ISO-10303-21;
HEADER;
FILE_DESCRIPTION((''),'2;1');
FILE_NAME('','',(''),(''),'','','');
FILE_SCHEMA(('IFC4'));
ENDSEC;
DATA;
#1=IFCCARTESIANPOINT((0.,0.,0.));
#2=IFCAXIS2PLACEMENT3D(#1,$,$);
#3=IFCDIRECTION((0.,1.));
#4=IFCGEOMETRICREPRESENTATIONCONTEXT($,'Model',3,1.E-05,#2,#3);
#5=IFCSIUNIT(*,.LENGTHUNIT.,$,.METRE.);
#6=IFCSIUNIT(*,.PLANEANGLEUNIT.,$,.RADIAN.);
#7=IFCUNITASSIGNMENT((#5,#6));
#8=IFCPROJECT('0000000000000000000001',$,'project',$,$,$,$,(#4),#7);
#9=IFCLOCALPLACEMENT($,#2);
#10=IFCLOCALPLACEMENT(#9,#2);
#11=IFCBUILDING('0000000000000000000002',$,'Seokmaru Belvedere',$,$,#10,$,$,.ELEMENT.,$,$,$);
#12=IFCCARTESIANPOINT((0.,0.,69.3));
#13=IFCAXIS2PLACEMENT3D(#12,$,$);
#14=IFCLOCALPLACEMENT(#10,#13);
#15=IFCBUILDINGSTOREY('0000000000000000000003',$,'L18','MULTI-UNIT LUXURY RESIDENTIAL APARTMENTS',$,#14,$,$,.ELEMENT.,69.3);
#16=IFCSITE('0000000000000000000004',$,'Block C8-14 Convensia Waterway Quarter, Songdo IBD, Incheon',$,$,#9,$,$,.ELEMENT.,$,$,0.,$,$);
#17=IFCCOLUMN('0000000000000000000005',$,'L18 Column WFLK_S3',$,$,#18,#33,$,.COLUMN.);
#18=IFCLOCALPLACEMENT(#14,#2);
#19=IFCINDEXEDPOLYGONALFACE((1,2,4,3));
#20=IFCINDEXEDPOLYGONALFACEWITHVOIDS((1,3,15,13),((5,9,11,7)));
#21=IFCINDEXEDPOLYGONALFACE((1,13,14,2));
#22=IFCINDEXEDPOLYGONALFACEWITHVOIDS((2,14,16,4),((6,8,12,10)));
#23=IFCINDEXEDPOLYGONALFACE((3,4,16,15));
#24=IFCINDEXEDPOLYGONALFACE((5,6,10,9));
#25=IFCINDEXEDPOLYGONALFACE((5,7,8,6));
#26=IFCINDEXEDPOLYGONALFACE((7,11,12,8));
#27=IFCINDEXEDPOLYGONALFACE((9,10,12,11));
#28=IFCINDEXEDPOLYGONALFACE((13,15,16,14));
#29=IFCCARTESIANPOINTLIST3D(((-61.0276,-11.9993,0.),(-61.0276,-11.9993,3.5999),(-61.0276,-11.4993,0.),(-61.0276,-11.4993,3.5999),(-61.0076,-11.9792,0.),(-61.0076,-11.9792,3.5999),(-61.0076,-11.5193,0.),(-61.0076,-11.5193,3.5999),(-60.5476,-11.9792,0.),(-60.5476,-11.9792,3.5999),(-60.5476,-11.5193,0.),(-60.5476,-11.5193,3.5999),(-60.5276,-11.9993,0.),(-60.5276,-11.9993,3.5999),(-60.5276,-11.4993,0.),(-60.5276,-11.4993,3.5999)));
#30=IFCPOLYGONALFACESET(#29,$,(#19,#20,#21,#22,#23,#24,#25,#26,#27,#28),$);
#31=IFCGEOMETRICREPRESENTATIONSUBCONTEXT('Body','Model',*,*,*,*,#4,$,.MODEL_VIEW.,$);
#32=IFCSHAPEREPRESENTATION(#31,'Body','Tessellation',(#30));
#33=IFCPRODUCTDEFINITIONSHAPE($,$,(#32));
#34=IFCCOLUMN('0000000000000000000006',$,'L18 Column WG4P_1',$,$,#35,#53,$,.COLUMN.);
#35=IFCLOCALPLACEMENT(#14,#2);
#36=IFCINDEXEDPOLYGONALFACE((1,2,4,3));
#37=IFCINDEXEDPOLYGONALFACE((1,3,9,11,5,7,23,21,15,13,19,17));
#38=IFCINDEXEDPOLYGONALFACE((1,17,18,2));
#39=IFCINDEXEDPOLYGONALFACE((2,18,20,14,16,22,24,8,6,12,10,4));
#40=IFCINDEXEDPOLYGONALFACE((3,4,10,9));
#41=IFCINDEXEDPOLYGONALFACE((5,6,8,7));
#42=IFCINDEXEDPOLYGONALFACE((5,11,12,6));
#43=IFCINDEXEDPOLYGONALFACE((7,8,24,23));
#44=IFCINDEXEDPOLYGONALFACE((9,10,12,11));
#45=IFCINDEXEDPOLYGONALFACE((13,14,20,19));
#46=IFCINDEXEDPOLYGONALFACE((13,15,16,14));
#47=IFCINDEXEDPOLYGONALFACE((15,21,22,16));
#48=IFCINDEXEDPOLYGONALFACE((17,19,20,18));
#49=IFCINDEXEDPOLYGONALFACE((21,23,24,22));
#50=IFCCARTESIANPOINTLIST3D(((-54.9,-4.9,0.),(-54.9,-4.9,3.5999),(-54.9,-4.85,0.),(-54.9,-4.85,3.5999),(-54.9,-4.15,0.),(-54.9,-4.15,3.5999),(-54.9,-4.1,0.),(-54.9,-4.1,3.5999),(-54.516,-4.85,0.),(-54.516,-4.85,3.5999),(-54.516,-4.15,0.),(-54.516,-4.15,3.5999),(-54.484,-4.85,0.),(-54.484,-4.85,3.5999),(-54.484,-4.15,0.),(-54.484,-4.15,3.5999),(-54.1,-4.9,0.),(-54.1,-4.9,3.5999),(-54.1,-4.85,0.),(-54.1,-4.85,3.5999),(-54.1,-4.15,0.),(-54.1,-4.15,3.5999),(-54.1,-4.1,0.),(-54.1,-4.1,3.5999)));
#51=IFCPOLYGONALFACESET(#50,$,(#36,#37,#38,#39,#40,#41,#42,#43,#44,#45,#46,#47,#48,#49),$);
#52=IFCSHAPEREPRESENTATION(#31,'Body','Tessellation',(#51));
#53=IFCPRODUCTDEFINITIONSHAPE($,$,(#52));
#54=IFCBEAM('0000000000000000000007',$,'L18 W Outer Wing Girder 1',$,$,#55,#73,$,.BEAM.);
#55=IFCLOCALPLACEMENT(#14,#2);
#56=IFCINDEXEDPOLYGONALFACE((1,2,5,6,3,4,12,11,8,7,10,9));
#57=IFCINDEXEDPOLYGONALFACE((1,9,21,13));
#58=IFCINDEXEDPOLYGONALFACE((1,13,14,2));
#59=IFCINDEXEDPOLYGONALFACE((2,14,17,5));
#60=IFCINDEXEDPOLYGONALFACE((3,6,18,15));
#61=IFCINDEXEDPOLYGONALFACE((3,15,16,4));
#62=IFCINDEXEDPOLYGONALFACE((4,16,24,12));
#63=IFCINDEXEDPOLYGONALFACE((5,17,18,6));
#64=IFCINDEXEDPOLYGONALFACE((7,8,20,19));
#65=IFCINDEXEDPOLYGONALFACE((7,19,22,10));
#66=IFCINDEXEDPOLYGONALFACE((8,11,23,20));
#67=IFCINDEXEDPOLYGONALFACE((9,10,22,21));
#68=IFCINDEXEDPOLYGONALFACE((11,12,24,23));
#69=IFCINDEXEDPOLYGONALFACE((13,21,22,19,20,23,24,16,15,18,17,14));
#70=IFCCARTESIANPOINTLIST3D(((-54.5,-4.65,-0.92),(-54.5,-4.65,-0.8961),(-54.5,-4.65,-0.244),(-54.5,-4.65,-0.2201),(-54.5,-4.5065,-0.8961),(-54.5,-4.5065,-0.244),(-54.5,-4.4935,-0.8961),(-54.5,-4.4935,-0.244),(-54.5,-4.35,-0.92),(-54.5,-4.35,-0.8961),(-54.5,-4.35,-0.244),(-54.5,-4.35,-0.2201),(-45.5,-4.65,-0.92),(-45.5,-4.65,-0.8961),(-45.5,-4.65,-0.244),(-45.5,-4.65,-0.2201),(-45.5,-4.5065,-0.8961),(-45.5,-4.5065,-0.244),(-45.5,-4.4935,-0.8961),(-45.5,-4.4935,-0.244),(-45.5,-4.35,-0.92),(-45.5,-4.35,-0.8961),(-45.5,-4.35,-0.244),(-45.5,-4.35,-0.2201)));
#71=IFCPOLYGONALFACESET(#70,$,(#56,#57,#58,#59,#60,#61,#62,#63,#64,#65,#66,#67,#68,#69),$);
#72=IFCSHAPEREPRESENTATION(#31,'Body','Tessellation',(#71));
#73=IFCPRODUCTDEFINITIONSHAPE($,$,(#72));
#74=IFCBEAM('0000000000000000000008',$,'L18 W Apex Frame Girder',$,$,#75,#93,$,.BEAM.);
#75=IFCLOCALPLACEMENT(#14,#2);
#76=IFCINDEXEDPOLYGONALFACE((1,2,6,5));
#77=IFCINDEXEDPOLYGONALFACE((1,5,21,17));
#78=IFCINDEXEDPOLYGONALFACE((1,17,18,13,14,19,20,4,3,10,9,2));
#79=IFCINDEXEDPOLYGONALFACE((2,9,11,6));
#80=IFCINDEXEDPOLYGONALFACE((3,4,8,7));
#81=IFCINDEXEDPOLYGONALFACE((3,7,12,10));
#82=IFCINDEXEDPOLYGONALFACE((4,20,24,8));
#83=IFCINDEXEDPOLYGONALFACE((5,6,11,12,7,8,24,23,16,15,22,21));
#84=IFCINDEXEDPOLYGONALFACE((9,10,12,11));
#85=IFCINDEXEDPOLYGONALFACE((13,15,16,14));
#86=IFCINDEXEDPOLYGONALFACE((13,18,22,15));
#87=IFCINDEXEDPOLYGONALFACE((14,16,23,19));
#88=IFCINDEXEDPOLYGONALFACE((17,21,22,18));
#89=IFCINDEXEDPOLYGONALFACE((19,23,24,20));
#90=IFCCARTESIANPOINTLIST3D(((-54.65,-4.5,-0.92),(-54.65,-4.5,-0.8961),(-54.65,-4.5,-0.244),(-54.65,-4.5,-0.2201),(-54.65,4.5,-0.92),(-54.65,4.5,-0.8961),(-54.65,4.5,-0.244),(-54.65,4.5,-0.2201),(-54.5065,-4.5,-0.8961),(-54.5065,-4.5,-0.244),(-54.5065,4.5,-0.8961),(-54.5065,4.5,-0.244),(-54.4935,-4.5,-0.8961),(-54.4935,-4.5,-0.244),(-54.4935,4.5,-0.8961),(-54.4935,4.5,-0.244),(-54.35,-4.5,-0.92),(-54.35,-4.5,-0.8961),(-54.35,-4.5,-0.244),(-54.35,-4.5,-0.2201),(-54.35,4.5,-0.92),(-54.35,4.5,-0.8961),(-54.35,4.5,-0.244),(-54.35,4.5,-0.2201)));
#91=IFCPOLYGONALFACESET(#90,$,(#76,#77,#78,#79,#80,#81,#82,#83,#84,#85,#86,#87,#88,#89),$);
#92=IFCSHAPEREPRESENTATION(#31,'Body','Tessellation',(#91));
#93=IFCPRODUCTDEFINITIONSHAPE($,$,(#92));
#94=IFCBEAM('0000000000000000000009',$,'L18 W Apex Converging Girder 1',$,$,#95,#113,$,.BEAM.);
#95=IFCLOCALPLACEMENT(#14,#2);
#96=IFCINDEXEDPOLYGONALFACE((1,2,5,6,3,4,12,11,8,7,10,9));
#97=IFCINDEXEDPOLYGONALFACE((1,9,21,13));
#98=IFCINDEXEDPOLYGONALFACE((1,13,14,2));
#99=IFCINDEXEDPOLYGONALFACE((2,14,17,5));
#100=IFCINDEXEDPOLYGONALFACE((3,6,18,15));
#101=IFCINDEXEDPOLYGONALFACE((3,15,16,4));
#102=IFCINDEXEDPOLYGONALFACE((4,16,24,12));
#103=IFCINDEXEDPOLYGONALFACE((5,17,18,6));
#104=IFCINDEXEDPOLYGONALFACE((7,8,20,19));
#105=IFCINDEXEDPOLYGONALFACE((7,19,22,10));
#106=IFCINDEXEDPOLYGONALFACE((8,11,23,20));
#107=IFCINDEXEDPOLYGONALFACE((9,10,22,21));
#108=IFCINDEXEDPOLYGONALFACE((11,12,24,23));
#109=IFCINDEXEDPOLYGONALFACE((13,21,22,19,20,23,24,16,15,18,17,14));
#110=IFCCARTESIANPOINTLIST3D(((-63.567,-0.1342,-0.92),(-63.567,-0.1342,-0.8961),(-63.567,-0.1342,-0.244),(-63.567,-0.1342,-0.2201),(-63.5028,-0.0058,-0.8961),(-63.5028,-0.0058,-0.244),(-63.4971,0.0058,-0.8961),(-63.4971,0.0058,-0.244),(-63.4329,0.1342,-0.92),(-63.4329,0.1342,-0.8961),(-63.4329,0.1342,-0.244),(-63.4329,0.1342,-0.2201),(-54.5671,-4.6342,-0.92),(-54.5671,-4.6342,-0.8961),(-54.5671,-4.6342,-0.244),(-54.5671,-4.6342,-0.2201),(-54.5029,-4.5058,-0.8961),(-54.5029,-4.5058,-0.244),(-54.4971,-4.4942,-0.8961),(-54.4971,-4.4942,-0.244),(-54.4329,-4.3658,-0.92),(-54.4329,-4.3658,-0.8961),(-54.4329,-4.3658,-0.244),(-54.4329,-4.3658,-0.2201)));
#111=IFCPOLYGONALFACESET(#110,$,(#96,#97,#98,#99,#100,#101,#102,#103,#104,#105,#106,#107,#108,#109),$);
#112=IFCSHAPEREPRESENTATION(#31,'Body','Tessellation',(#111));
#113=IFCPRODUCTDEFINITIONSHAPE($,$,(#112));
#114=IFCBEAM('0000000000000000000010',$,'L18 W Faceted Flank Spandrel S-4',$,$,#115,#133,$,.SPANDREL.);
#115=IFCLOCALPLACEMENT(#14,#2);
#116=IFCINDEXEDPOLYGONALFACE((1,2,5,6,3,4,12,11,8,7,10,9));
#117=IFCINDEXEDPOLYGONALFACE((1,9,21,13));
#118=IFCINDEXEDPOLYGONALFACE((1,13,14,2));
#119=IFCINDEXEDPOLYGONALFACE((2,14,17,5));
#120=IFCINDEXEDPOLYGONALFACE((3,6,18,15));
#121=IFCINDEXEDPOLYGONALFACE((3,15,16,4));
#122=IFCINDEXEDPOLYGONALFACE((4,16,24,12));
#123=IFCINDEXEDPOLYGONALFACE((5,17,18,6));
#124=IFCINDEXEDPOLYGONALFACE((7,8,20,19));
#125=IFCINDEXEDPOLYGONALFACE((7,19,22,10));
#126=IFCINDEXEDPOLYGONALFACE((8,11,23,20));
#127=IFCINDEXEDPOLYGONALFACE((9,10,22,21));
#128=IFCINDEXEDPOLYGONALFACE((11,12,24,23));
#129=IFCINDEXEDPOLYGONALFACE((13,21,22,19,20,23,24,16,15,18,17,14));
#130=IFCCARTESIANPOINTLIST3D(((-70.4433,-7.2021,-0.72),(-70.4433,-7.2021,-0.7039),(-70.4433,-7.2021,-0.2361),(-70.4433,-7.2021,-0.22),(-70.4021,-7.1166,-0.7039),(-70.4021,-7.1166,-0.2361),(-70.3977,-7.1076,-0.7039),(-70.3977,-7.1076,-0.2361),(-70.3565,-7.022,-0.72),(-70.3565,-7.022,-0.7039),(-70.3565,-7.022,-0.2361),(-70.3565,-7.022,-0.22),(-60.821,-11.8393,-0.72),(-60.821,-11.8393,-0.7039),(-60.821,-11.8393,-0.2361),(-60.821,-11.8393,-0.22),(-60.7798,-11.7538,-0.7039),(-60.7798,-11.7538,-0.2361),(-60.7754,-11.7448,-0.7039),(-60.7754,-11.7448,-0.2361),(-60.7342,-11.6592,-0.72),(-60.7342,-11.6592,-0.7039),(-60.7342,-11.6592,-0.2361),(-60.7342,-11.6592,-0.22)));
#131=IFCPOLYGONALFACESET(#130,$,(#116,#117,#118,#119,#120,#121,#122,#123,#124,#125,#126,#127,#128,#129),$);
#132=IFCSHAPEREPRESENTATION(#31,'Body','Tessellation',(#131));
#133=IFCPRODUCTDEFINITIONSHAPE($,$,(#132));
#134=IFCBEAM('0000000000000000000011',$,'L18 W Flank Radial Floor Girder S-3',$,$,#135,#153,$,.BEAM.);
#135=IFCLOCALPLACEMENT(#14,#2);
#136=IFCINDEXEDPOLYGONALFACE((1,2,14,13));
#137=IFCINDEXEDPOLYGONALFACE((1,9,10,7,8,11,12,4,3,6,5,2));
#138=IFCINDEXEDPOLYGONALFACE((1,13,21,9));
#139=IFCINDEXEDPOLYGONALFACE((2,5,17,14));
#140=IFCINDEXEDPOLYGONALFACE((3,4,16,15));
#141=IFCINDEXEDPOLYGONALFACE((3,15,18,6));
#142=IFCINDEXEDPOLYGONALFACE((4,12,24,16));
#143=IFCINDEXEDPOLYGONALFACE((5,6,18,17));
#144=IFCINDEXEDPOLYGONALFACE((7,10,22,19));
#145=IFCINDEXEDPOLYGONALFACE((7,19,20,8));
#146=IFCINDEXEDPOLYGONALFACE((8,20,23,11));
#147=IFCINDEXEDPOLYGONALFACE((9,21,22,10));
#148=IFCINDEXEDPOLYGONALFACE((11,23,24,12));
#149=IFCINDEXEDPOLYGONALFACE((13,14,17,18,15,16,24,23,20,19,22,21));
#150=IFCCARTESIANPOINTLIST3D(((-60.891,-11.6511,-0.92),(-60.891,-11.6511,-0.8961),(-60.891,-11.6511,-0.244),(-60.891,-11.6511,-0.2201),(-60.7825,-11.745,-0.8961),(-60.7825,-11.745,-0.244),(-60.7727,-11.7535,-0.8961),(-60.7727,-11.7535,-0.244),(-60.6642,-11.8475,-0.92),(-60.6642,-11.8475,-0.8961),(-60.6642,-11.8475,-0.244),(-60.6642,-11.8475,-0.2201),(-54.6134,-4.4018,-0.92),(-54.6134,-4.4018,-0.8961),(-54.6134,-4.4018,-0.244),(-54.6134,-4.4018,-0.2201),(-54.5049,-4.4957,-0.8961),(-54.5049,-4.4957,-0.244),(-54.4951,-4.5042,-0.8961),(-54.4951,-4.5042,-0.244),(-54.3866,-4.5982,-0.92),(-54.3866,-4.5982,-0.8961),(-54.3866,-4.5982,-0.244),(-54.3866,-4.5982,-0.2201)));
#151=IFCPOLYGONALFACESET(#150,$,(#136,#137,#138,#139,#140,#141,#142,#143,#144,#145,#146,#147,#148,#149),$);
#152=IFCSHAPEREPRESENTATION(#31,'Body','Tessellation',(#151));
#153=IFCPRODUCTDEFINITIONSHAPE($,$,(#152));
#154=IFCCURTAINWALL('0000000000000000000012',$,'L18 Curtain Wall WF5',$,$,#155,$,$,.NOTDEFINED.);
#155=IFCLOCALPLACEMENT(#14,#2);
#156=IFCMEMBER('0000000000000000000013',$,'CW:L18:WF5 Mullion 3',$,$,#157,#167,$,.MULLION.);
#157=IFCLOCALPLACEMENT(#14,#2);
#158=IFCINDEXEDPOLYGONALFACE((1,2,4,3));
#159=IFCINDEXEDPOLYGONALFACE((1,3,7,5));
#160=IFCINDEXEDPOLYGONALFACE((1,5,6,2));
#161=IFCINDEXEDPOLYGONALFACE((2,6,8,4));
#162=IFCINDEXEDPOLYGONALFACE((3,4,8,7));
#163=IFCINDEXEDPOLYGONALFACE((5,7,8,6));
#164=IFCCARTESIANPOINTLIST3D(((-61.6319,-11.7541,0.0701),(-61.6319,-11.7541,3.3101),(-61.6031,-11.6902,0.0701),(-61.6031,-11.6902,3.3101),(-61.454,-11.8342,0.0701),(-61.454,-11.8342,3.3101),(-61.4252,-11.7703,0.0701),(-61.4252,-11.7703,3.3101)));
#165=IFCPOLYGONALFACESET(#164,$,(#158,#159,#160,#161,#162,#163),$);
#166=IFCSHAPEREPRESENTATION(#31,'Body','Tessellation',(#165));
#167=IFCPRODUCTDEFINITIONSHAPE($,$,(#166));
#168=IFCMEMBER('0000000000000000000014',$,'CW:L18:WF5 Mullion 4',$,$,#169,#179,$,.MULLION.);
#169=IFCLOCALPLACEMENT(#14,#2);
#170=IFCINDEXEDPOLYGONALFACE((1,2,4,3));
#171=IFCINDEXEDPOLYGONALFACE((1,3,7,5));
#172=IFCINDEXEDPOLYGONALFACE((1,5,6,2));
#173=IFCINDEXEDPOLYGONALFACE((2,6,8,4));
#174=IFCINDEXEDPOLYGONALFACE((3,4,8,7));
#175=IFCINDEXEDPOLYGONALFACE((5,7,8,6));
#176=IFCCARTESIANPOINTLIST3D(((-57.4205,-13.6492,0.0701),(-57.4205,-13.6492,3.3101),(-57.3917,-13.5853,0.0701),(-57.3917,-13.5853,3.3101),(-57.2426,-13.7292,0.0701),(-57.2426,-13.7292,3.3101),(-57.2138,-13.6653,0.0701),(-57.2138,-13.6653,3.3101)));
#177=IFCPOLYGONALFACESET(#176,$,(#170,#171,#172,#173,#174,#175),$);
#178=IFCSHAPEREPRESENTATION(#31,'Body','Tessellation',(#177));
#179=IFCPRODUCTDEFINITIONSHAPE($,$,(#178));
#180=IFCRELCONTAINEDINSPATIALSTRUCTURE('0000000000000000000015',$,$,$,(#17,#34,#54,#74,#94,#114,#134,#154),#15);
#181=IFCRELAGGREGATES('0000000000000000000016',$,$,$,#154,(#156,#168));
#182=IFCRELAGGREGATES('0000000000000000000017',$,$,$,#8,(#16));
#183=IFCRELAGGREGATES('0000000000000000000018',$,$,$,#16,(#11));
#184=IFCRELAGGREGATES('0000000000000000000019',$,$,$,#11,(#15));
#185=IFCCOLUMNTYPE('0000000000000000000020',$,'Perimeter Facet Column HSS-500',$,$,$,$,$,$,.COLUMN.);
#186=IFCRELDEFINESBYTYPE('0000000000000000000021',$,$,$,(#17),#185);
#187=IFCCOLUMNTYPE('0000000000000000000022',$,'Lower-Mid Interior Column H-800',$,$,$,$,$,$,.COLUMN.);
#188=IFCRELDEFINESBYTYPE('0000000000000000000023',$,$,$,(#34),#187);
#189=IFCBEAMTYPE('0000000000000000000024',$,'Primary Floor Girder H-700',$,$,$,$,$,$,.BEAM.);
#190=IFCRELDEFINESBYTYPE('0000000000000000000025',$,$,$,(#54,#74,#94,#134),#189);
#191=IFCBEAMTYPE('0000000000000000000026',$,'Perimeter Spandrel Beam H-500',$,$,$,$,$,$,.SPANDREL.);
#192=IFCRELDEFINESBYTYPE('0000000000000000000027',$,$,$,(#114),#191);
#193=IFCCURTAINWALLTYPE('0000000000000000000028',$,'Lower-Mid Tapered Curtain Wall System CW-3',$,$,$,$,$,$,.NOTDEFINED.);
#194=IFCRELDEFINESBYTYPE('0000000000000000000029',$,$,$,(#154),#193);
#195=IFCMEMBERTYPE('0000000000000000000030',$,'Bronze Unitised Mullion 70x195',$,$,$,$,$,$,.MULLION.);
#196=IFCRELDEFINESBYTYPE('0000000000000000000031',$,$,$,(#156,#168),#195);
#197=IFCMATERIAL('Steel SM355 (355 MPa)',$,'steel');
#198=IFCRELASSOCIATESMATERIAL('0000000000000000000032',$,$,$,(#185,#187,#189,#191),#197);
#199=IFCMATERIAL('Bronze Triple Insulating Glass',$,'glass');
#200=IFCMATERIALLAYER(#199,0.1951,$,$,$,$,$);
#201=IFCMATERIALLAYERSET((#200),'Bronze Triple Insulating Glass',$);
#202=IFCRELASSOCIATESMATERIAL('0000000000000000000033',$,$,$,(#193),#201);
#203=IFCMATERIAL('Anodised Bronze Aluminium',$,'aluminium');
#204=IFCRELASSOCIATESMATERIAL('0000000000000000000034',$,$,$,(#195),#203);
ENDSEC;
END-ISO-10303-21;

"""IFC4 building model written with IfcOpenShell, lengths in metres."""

from ifc_helpers import new_model, si_unit, direction, frame, origin, origin_2d, place, context, subcontext, project, spatial, rectangle, hollow_rectangle, i_section, extrude, source, transform, mapped, material, layer, layer_set, material_profile, profile_set, type_object, type_shapes, element, aggregate, save


model = new_model("IFC4")

# Units and contexts
model_context = context("Model", 3, precision=1e-05, world=origin(), true_north=direction((0.0, 1.0)))
body_context = subcontext(model_context, "Body", "Model", "MODEL_VIEW")
ifc_project = project(units=[si_unit("LENGTHUNIT", "METRE"), si_unit("PLANEANGLEUNIT", "RADIAN")], contexts=[model_context])

# Site, building, storey
site_placement = place(None, origin())
site = spatial("IfcSite", under=ifc_project, at=site_placement, Name="Block C8-14 Convensia Waterway Quarter, Songdo IBD, Incheon", CompositionType="ELEMENT", RefElevation=0.0)
building_placement = place(site_placement, origin())
building = spatial("IfcBuilding", under=site, at=building_placement, Name="Seokmaru Belvedere", CompositionType="ELEMENT")
storey_placement = place(building_placement, frame((0.0, 0.0, 69.3)))
storey = spatial("IfcBuildingStorey", under=building, at=storey_placement, Name="L18", Description="MULTI-UNIT LUXURY RESIDENTIAL APARTMENTS", CompositionType="ELEMENT", Elevation=69.3)

# Columns
ifc_material_1 = material(Name="Steel SM355 (355 MPa)", Category="steel")
ifc_material_profile_1 = material_profile(ifc_material_1, hollow_rectangle(XDim=0.5, YDim=0.5, WallThickness=0.02, at=origin_2d()), Name="HSS-500x500x20")
ifc_profile_set_1 = profile_set([ifc_material_profile_1], Name="Steel SM355 (355 MPa)")
column_type_1 = type_object("IfcColumnType", Name="Perimeter Facet Column HSS-500", PredefinedType="COLUMN", material=ifc_profile_set_1)
shared_shape_1 = source(origin(), body_context, "Body", "SweptSolid", [
    extrude(hollow_rectangle(XDim=0.5, YDim=0.5, WallThickness=0.02, at=origin_2d()), origin(), (0.0, 0.0, 1.0), 3.5999),
])
type_shapes(column_type_1, [shared_shape_1])
column_1_placement = place(storey_placement, frame((-60.7776, -11.7493, 0.0), z_axis=(0.0, 0.0, 1.0), x_axis=(1.0, 0.0, 0.0)))
element("IfcColumn", 1, at=column_1_placement, inside=storey, type_object=column_type_1, Name="L18 Column WFLK_S3", PredefinedType="COLUMN", context=body_context, shape_type="MappedRepresentation", body=[
    mapped(shared_shape_1, transform((0.0, 0.0, 0.0), scale=1.0)),
])
ifc_material_profile_2 = material_profile(ifc_material_1, i_section(OverallWidth=0.8, OverallDepth=0.8, WebThickness=0.032, FlangeThickness=0.05, at=origin_2d()), Name="H-800x800x32x50")
ifc_profile_set_2 = profile_set([ifc_material_profile_2], Name="Steel SM355 (355 MPa)")
column_type_2 = type_object("IfcColumnType", Name="Lower-Mid Interior Column H-800", PredefinedType="COLUMN", material=ifc_profile_set_2)
shared_shape_2 = source(origin(), body_context, "Body", "SweptSolid", [
    extrude(i_section(OverallWidth=0.8, OverallDepth=0.8, WebThickness=0.032, FlangeThickness=0.05, at=origin_2d()), origin(), (0.0, 0.0, 1.0), 3.5999),
])
type_shapes(column_type_2, [shared_shape_2])
column_2_placement = place(storey_placement, frame((-54.5, -4.5, 0.0), z_axis=(0.0, 0.0, 1.0), x_axis=(1.0, 0.0, 0.0)))
element("IfcColumn", 2, at=column_2_placement, inside=storey, type_object=column_type_2, Name="L18 Column WG4P_1", PredefinedType="COLUMN", context=body_context, shape_type="MappedRepresentation", body=[
    mapped(shared_shape_2, transform((0.0, 0.0, 0.0), scale=1.0)),
])

# Beams
ifc_material_profile_3 = material_profile(ifc_material_1, i_section(OverallWidth=0.3, OverallDepth=0.7, WebThickness=0.0129, FlangeThickness=0.0239, at=origin_2d()), Name="H-700x300x13x24")
ifc_profile_set_3 = profile_set([ifc_material_profile_3], Name="Steel SM355 (355 MPa)")
beam_type_1 = type_object("IfcBeamType", Name="Primary Floor Girder H-700", PredefinedType="BEAM", material=ifc_profile_set_3)
shared_shape_3 = source(origin(), body_context, "Body", "SweptSolid", [
    extrude(i_section(OverallWidth=0.3, OverallDepth=0.7, WebThickness=0.0129, FlangeThickness=0.0239, at=origin_2d()), origin(), (0.0, 0.0, 1.0), 9.0),
])
for number, where, z_axis, x_axis, name in (
    (3, (-54.5, -4.5, -0.5701), (1.0, 0.0, 0.0), (0.0, 1.0, 0.0), "L18 W Outer Wing Girder 1"),
    (4, (-54.5, -4.5, -0.5701), (0.0, 1.0, 0.0), (-1.0, 0.0, 0.0), "L18 W Apex Frame Girder"),
):
    element("IfcBeam", number, at=place(storey_placement, frame(where, z_axis=z_axis, x_axis=x_axis)), inside=storey, type_object=beam_type_1, Name=name, PredefinedType="BEAM", context=body_context, shape_type="MappedRepresentation", body=[
        mapped(shared_shape_3, transform((0.0, 0.0, 0.0), scale=1.0)),
    ])
shared_shape_4 = source(origin(), body_context, "Body", "SweptSolid", [
    extrude(i_section(OverallWidth=0.3, OverallDepth=0.7, WebThickness=0.0129, FlangeThickness=0.0239, at=origin_2d()), origin(), (0.0, 0.0, 1.0), 10.0623),
])
beam_1_placement = place(storey_placement, frame((-54.5, -4.5, -0.5701), z_axis=(-0.894427, 0.447214, 0.0), x_axis=(-0.447214, -0.894427, 0.0)))
element("IfcBeam", 5, at=beam_1_placement, inside=storey, type_object=beam_type_1, Name="L18 W Apex Converging Girder 1", PredefinedType="BEAM", context=body_context, shape_type="MappedRepresentation", body=[
    mapped(shared_shape_4, transform((0.0, 0.0, 0.0), scale=1.0)),
])
ifc_material_profile_4 = material_profile(ifc_material_1, i_section(OverallWidth=0.2, OverallDepth=0.5, WebThickness=0.01, FlangeThickness=0.0161, at=origin_2d()), Name="H-500x200x10x16")
ifc_profile_set_4 = profile_set([ifc_material_profile_4], Name="Steel SM355 (355 MPa)")
beam_type_2 = type_object("IfcBeamType", Name="Perimeter Spandrel Beam H-500", PredefinedType="SPANDREL", material=ifc_profile_set_4)
shared_shape_5 = source(origin(), body_context, "Body", "SweptSolid", [
    extrude(i_section(OverallWidth=0.2, OverallDepth=0.5, WebThickness=0.01, FlangeThickness=0.0161, at=origin_2d()), origin(), (0.0, 0.0, 1.0), 10.6814),
])
type_shapes(beam_type_2, [shared_shape_5])
beam_2_placement = place(storey_placement, frame((-60.7776, -11.7493, -0.47), z_axis=(-0.900846, 0.434138, 0.0), x_axis=(-0.434138, -0.900846, 0.0)))
element("IfcBeam", 6, at=beam_2_placement, inside=storey, type_object=beam_type_2, Name="L18 W Faceted Flank Spandrel S-4", PredefinedType="SPANDREL", context=body_context, shape_type="MappedRepresentation", body=[
    mapped(shared_shape_5, transform((0.0, 0.0, 0.0), scale=1.0)),
])
shared_shape_6 = source(origin(), body_context, "Body", "SweptSolid", [
    extrude(i_section(OverallWidth=0.3, OverallDepth=0.7, WebThickness=0.0129, FlangeThickness=0.0239, at=origin_2d()), origin(), (0.0, 0.0, 1.0), 9.5896),
])
type_shapes(beam_type_1, [shared_shape_3, shared_shape_4, shared_shape_6])
beam_3_placement = place(storey_placement, frame((-60.7776, -11.7493, -0.5701), z_axis=(0.654626, 0.755953, 0.0), x_axis=(-0.755953, 0.654626, 0.0)))
element("IfcBeam", 7, at=beam_3_placement, inside=storey, type_object=beam_type_1, Name="L18 W Flank Radial Floor Girder S-3", PredefinedType="BEAM", context=body_context, shape_type="MappedRepresentation", body=[
    mapped(shared_shape_6, transform((0.0, 0.0, 0.0), scale=1.0)),
])

# Curtain wall, members
ifc_material_2 = material(Name="Bronze Triple Insulating Glass", Category="glass")
ifc_layer_1 = layer(ifc_material_2, 0.1951)
ifc_layer_set_1 = layer_set([ifc_layer_1], Name="Bronze Triple Insulating Glass")
curtain_wall_type = type_object("IfcCurtainWallType", Name="Lower-Mid Tapered Curtain Wall System CW-3", PredefinedType="NOTDEFINED", material=ifc_layer_set_1)
curtain_wall_placement = place(storey_placement, origin())
curtain_wall = element("IfcCurtainWall", 8, at=curtain_wall_placement, inside=storey, type_object=curtain_wall_type, Name="L18 Curtain Wall WF5", PredefinedType="NOTDEFINED")
ifc_material_3 = material(Name="Anodised Bronze Aluminium", Category="aluminium")
ifc_material_profile_5 = material_profile(ifc_material_3, rectangle(XDim=0.0701, YDim=0.1951, at=origin_2d()), Name="CW-M-70x195")
ifc_profile_set_5 = profile_set([ifc_material_profile_5], Name="Anodised Bronze Aluminium")
member_type = type_object("IfcMemberType", Name="Bronze Unitised Mullion 70x195", PredefinedType="MULLION", material=ifc_profile_set_5)
shared_shape_7 = source(origin(), body_context, "Body", "SweptSolid", [
    extrude(rectangle(XDim=0.0701, YDim=0.1951, at=origin_2d()), origin(), (0.0, 0.0, 1.0), 3.24),
])
type_shapes(member_type, [shared_shape_7])
member_1_placement = place(storey_placement, frame((-61.5286, -11.7622, 0.0701), z_axis=(0.0, 0.0, 1.0), x_axis=(0.410366, 0.911921, 0.0)))
member_1 = element("IfcMember", 9, at=member_1_placement, type_object=member_type, Name="CW:L18:WF5 Mullion 3", PredefinedType="MULLION", context=body_context, shape_type="MappedRepresentation", body=[
    mapped(shared_shape_7, transform((0.0, 0.0, 0.0), scale=1.0)),
])
member_2_placement = place(storey_placement, frame((-57.3171, -13.6572, 0.0701), z_axis=(0.0, 0.0, 1.0), x_axis=(0.410366, 0.911921, 0.0)))
member_2 = element("IfcMember", 10, at=member_2_placement, type_object=member_type, Name="CW:L18:WF5 Mullion 4", PredefinedType="MULLION", context=body_context, shape_type="MappedRepresentation", body=[
    mapped(shared_shape_7, transform((0.0, 0.0, 0.0), scale=1.0)),
])
aggregate(curtain_wall, [member_1, member_2])

save(model, "model.ifc")
